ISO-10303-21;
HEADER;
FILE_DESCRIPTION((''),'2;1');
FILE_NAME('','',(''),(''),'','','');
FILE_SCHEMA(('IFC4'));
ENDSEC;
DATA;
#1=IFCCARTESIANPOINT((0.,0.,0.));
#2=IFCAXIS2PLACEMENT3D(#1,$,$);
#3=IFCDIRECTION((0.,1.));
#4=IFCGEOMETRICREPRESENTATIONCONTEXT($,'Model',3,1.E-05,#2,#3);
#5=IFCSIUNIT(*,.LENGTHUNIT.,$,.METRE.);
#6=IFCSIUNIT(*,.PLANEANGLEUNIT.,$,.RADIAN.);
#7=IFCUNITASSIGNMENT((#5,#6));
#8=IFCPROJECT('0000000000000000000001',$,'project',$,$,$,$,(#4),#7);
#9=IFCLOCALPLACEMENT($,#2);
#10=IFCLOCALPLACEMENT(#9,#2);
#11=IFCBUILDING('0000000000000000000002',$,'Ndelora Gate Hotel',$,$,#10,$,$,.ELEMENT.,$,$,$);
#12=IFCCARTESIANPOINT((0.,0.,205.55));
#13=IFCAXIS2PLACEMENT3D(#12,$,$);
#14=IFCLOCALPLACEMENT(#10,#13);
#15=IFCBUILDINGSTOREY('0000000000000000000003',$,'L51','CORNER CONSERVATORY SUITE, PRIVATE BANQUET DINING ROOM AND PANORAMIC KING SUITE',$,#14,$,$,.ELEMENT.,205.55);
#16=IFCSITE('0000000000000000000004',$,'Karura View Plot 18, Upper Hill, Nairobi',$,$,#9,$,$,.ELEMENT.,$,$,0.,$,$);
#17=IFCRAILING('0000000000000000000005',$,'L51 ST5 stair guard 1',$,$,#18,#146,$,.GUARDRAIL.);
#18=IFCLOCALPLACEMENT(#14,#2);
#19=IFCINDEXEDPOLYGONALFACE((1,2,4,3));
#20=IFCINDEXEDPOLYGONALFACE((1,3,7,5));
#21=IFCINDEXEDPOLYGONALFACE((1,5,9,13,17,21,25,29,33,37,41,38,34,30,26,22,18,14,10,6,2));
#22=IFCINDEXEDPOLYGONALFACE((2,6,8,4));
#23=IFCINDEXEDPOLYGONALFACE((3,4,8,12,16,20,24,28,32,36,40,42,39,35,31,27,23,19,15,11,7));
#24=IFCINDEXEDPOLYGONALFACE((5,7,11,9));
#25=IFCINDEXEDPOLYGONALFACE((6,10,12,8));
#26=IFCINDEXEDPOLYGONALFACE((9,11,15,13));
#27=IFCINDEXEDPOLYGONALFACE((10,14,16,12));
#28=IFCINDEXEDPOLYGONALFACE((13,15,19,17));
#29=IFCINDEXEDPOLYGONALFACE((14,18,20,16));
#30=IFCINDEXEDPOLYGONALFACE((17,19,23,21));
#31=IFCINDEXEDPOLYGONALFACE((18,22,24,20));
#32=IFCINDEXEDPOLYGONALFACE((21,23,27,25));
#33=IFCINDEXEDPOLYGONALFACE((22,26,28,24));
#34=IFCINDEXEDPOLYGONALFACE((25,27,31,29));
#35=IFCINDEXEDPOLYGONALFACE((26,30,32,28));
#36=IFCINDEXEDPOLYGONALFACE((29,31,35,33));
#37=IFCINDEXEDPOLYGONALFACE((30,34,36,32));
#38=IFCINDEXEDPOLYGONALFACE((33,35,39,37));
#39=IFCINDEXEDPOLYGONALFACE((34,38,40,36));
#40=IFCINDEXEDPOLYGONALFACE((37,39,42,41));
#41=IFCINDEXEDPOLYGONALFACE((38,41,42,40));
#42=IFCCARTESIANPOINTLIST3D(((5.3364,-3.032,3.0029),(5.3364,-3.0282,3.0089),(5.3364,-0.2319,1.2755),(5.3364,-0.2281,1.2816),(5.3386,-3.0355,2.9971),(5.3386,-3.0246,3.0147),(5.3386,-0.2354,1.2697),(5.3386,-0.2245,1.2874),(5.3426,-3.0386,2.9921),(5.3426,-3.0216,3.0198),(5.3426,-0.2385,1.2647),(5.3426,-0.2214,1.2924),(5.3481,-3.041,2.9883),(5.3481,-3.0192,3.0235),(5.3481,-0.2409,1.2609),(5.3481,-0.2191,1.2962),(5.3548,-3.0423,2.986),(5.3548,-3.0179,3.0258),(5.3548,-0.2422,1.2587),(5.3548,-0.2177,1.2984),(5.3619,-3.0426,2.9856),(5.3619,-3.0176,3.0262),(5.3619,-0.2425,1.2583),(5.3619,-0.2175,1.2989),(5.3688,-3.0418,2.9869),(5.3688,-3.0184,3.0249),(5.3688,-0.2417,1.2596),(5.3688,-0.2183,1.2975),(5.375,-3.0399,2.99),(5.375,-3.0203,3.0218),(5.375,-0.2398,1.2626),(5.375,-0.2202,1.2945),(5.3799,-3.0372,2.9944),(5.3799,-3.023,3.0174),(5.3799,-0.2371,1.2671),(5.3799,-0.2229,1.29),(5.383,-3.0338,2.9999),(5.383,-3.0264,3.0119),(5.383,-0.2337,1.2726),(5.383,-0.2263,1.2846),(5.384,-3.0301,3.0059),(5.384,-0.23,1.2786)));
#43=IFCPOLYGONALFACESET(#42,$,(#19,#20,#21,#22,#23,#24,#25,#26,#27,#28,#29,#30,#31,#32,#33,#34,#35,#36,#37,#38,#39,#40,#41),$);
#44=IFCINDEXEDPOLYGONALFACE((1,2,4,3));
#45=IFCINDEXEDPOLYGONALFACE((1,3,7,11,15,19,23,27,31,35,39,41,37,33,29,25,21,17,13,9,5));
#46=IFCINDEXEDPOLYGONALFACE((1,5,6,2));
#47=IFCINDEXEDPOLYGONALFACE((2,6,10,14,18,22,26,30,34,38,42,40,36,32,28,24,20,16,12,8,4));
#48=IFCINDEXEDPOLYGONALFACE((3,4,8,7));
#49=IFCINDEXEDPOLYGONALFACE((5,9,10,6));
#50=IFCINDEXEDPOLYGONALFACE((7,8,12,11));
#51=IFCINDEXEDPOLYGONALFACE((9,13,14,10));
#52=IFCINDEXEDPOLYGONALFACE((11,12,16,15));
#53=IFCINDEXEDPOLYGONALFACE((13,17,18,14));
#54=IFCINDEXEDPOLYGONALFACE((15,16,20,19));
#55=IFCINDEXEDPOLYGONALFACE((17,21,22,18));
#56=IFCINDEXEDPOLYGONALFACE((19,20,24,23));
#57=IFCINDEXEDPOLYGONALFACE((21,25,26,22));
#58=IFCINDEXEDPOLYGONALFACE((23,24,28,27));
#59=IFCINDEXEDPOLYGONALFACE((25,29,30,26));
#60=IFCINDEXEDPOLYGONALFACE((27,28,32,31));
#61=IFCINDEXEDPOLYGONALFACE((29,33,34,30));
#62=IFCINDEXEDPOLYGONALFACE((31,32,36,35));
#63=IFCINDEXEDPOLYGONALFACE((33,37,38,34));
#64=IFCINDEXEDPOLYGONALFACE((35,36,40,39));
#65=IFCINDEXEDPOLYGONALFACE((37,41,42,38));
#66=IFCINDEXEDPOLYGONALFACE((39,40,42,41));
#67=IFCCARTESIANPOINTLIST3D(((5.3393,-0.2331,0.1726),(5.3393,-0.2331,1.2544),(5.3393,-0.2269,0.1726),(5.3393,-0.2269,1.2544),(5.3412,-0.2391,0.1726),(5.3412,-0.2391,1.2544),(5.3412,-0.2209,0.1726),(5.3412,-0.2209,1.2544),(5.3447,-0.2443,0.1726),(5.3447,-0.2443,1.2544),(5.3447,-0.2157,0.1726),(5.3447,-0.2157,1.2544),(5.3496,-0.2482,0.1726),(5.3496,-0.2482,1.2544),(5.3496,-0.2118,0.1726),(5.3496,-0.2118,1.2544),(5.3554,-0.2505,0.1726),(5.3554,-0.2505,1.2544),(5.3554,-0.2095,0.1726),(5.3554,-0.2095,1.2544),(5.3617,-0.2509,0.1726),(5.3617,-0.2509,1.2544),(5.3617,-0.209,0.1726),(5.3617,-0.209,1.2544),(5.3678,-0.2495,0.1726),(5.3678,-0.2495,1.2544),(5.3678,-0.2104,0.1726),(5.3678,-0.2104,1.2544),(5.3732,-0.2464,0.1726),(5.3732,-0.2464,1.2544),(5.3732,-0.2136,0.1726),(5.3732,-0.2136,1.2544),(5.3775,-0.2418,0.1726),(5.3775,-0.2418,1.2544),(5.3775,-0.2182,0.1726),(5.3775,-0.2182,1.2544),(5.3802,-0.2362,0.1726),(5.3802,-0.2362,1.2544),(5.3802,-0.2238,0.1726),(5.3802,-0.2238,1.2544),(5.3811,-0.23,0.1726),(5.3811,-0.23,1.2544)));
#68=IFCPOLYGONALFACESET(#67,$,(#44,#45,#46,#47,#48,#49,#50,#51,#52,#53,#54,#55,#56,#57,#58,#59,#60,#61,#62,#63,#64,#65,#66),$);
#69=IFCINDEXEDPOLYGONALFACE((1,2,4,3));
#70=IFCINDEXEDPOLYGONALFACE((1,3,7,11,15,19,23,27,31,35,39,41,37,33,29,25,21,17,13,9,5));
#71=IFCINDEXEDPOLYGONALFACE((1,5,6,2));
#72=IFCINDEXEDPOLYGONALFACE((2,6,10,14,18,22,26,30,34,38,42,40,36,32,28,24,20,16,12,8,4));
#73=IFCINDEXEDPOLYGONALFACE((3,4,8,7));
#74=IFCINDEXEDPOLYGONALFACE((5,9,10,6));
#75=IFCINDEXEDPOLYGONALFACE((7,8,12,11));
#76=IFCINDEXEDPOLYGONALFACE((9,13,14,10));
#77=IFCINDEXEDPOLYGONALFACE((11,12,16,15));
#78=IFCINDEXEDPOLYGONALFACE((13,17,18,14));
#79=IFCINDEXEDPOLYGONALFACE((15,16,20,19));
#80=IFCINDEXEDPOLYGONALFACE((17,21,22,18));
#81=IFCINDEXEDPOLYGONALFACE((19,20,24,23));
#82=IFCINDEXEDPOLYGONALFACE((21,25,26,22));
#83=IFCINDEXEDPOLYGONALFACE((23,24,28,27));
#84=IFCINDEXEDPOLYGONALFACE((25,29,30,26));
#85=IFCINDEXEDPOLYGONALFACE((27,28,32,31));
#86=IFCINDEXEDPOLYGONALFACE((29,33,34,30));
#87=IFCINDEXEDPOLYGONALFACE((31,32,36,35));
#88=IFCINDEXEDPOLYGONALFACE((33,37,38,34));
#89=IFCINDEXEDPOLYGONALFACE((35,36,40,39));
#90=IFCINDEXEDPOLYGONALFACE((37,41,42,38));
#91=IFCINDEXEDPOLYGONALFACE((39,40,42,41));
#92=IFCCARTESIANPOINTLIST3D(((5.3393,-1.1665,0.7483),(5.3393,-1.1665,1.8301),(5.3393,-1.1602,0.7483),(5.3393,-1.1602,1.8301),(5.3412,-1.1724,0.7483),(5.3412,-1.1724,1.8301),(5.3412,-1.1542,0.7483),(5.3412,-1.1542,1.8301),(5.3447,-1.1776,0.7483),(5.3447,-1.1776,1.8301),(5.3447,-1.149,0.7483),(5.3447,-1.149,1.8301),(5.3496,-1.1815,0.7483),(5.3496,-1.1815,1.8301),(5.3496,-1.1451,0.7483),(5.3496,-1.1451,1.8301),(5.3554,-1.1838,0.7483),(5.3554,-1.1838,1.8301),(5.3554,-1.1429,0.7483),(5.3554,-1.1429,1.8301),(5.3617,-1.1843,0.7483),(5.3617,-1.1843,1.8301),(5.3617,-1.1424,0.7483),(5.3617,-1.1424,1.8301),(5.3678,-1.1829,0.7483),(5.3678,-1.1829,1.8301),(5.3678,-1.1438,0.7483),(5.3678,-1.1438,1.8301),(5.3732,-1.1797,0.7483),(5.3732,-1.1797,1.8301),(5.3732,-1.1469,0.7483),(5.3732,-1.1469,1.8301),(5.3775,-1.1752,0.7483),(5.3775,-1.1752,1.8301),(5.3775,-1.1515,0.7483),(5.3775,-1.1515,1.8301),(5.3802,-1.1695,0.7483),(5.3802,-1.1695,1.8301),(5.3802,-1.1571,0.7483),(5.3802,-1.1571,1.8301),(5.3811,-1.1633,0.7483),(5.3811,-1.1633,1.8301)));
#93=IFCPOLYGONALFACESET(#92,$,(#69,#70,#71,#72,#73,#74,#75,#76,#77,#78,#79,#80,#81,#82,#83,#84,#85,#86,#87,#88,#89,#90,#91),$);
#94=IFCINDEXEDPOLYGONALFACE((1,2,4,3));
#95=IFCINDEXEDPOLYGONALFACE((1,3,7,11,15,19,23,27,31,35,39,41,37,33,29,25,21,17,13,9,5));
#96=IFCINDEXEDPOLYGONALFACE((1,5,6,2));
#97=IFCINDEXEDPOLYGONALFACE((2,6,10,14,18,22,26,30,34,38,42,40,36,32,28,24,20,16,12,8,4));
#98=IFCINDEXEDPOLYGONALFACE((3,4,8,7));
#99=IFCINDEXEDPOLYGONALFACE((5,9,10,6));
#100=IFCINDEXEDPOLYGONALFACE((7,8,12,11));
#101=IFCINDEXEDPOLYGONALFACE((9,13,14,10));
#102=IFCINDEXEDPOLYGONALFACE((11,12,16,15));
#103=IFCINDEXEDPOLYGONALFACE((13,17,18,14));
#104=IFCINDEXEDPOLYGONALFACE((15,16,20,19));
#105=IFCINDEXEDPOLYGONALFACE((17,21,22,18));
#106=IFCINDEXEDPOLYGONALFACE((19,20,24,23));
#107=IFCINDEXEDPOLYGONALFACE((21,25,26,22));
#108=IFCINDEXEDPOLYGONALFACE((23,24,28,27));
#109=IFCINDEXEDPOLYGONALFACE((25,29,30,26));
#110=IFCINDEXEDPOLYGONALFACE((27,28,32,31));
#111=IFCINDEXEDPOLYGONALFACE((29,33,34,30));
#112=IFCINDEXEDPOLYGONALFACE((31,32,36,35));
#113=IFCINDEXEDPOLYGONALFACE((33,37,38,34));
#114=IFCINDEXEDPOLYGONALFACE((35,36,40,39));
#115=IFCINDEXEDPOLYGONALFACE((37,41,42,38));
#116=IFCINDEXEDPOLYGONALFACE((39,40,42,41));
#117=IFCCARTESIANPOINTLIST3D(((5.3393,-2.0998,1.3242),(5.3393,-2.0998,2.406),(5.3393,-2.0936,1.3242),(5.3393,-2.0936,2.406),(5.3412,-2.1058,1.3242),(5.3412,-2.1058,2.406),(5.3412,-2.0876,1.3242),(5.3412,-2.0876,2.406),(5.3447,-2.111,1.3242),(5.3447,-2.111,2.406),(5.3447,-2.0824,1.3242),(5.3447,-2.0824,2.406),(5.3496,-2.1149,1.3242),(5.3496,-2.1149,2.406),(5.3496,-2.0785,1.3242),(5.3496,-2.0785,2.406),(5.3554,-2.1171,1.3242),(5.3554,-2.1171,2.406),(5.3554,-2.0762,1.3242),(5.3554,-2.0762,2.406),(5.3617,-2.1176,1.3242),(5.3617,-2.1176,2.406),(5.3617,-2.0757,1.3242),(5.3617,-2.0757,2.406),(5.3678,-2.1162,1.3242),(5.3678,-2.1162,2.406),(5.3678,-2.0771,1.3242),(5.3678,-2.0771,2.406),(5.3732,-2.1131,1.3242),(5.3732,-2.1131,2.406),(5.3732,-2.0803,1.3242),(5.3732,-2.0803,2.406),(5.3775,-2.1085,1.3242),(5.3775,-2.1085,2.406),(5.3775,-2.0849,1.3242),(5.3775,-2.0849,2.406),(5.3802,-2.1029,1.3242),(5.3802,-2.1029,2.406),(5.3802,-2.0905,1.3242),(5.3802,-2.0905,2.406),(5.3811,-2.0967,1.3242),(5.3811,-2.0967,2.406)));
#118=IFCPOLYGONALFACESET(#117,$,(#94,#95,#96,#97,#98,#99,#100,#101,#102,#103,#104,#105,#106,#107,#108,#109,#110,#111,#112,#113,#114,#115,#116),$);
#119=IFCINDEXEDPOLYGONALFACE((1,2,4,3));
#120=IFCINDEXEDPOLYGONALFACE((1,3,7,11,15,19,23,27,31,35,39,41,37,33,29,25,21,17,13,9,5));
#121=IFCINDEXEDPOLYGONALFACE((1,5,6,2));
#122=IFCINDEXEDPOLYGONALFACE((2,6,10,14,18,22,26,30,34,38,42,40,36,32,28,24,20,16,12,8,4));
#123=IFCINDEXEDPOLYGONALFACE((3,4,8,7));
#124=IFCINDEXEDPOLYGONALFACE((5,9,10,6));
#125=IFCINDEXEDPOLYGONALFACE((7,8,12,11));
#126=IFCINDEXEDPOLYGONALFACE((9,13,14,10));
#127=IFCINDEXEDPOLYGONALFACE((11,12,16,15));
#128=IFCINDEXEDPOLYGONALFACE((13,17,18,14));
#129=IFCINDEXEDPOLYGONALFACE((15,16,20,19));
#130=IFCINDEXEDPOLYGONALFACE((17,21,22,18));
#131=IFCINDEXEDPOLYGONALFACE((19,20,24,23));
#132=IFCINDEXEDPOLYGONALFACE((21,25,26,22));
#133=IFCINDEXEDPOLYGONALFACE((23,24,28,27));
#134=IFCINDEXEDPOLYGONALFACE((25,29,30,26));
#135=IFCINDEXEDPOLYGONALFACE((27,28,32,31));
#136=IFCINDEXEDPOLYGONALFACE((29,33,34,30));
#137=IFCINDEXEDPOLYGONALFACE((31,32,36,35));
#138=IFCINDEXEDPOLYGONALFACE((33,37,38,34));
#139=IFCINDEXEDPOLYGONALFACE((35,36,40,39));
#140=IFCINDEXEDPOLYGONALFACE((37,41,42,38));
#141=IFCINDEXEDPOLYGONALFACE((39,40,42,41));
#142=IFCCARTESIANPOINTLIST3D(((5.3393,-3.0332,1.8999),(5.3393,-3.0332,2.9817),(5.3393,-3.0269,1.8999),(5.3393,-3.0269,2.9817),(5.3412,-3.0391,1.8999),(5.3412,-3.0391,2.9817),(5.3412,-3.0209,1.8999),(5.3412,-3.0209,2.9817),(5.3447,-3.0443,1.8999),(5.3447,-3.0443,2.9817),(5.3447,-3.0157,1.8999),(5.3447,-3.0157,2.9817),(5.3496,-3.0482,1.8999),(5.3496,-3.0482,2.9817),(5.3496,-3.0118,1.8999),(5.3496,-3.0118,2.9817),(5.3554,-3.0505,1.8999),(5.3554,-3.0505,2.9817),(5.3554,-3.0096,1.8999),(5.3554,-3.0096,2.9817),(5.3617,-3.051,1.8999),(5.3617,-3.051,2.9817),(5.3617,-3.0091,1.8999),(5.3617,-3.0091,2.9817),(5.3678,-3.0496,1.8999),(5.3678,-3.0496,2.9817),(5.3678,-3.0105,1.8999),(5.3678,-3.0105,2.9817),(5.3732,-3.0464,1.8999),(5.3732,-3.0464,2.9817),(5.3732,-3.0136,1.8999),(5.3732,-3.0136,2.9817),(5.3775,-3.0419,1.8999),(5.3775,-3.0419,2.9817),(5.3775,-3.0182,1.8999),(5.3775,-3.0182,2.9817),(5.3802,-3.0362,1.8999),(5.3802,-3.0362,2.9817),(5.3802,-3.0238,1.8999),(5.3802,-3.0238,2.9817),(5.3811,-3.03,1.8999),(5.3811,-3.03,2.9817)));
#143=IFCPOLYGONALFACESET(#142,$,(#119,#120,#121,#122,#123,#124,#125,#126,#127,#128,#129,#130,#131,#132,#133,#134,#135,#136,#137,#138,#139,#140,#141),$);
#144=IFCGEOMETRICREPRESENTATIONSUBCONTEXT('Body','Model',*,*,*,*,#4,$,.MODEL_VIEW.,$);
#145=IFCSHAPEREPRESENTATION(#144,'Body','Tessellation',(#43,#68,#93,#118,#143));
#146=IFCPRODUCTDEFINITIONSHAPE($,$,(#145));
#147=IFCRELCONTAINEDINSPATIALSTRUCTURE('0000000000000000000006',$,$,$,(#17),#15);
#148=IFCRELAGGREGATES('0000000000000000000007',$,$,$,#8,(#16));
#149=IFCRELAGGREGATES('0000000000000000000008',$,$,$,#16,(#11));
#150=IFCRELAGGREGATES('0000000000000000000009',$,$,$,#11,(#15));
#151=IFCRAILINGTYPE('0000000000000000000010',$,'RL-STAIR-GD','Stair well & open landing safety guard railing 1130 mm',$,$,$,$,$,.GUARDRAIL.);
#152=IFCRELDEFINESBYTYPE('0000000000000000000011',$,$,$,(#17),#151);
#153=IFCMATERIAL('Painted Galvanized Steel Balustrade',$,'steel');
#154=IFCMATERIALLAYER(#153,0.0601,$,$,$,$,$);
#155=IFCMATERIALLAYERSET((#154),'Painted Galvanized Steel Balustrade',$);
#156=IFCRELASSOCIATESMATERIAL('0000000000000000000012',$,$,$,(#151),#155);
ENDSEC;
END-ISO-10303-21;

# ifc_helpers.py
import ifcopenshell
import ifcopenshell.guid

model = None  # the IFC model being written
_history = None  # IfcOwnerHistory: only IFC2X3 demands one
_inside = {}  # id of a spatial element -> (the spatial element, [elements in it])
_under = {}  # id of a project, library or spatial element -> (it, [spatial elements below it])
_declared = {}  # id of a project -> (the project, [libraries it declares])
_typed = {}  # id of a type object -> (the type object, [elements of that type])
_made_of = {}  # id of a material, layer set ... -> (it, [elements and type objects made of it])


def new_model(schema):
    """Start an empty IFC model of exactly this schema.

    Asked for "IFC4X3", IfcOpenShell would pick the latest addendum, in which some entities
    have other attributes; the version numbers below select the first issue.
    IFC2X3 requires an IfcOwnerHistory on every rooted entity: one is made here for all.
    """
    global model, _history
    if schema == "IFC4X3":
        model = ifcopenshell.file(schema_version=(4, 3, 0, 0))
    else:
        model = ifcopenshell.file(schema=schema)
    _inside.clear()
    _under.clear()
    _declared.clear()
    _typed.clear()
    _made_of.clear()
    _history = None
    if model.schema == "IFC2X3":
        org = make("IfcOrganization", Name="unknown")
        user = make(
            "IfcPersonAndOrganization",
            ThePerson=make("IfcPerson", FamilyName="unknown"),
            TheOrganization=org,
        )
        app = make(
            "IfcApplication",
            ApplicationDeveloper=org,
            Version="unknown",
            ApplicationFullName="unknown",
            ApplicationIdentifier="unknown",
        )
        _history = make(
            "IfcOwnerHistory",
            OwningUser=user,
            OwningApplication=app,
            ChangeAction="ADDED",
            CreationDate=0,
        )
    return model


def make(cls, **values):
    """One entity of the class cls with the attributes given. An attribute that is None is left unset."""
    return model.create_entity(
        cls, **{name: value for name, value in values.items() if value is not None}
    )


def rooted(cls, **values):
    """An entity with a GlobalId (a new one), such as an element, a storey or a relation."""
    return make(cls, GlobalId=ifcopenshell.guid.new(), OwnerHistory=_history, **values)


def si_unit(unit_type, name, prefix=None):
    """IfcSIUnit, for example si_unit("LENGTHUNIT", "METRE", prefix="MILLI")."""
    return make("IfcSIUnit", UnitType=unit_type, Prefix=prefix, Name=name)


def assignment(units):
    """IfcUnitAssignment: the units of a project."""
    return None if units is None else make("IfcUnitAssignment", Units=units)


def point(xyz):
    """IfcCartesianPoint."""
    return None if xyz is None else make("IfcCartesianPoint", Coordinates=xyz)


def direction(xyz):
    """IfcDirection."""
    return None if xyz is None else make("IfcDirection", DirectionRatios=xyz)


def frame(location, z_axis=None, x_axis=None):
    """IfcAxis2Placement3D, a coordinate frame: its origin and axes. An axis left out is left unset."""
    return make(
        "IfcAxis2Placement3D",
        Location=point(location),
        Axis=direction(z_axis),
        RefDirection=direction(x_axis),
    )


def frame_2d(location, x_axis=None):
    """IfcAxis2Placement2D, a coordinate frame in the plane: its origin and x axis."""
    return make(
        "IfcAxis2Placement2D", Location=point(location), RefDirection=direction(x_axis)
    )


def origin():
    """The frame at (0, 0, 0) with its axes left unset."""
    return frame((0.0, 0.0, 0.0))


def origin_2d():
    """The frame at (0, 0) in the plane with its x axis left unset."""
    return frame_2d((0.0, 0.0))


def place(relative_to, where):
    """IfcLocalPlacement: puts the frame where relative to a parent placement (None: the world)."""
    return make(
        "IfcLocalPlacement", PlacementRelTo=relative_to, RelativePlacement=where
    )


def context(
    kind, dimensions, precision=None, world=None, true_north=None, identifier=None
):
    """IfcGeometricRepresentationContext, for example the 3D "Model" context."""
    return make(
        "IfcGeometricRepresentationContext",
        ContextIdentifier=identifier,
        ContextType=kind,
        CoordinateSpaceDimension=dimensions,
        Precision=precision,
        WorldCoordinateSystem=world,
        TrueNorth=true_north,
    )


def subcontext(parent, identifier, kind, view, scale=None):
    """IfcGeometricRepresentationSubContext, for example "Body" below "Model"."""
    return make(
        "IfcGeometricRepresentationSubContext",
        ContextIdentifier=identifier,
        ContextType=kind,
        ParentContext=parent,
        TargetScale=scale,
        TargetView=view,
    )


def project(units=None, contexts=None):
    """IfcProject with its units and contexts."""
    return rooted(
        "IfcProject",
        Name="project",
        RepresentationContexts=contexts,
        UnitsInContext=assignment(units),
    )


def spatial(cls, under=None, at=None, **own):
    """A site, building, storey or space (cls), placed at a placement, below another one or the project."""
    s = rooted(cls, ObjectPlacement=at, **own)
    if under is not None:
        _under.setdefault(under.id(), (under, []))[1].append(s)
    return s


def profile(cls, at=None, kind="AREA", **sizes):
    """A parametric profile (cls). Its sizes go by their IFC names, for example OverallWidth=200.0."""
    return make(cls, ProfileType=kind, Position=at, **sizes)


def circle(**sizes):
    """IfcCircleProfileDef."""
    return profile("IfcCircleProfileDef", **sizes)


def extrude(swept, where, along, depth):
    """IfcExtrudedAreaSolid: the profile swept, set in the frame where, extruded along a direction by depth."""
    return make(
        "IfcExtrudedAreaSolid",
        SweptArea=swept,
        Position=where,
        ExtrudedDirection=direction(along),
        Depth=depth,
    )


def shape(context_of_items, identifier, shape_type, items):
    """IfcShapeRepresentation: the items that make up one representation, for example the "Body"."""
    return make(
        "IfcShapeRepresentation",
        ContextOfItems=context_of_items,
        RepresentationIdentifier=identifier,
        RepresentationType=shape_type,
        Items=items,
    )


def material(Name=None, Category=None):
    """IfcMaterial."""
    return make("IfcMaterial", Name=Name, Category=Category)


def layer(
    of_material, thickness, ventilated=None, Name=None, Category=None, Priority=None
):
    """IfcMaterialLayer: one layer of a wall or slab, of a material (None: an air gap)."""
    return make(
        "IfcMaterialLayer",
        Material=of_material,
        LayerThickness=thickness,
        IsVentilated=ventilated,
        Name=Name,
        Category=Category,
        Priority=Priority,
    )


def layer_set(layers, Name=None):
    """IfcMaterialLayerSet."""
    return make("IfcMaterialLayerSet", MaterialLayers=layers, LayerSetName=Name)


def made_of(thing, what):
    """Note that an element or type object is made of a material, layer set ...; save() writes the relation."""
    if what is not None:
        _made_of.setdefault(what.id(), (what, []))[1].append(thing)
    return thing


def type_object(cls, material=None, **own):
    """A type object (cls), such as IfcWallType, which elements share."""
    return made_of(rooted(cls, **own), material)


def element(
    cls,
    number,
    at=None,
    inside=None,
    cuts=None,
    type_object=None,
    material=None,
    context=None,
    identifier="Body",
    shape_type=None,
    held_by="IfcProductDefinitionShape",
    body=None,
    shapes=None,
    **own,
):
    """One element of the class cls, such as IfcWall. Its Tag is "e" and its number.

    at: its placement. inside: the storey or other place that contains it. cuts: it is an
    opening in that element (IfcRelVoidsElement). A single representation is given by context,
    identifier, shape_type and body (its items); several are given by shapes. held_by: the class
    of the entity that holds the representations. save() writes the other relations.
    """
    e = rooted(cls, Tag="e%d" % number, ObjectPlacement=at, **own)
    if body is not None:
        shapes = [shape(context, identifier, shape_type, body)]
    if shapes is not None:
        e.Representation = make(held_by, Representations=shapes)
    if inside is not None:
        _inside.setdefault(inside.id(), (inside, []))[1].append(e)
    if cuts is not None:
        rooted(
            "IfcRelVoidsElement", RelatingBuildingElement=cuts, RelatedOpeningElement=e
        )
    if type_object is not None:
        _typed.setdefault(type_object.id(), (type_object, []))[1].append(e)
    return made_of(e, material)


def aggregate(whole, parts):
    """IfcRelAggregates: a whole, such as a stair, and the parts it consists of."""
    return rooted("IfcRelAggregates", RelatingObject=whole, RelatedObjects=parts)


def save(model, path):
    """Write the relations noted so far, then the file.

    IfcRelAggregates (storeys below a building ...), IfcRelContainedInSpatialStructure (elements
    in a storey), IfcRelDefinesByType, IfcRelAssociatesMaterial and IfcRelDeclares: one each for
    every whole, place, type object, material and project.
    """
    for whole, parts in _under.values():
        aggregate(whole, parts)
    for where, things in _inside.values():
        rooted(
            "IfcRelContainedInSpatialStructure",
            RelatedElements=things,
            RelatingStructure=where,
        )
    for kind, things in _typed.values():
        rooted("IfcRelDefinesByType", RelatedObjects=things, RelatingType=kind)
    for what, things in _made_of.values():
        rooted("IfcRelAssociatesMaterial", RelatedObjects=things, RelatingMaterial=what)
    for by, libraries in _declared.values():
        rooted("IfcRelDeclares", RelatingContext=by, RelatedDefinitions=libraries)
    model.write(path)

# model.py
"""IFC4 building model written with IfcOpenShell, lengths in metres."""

from ifc_helpers import new_model, si_unit, direction, frame, origin, origin_2d, place, context, subcontext, project, spatial, circle, extrude, material, layer, layer_set, type_object, element, save


model = new_model("IFC4")

# Units and contexts
model_context = context("Model", 3, precision=1e-05, world=origin(), true_north=direction((0.0, 1.0)))
body_context = subcontext(model_context, "Body", "Model", "MODEL_VIEW")
ifc_project = project(units=[si_unit("LENGTHUNIT", "METRE"), si_unit("PLANEANGLEUNIT", "RADIAN")], contexts=[model_context])

# Site, building, storey
site_placement = place(None, origin())
site = spatial("IfcSite", under=ifc_project, at=site_placement, Name="Karura View Plot 18, Upper Hill, Nairobi", CompositionType="ELEMENT", RefElevation=0.0)
building_placement = place(site_placement, origin())
building = spatial("IfcBuilding", under=site, at=building_placement, Name="Ndelora Gate Hotel", CompositionType="ELEMENT")
storey_placement = place(building_placement, frame((0.0, 0.0, 205.55)))
storey = spatial("IfcBuildingStorey", under=building, at=storey_placement, Name="L51", Description="CORNER CONSERVATORY SUITE, PRIVATE BANQUET DINING ROOM AND PANORAMIC KING SUITE", CompositionType="ELEMENT", Elevation=205.55)

# Railing
ifc_material_1 = material(Name="Painted Galvanized Steel Balustrade", Category="steel")
ifc_layer_1 = layer(ifc_material_1, 0.0601)
ifc_layer_set_1 = layer_set([ifc_layer_1], Name="Painted Galvanized Steel Balustrade")
railing_type_1 = type_object("IfcRailingType", Name="RL-STAIR-GD", Description="Stair well & open landing safety guard railing 1130 mm", PredefinedType="GUARDRAIL", material=ifc_layer_set_1)
railing_1_placement = place(storey_placement, frame((5.3601, -0.23, 0.1726)))
element("IfcRailing", 1, at=railing_1_placement, inside=storey, type_object=railing_type_1, Name="L51 ST5 stair guard 1", PredefinedType="GUARDRAIL", context=body_context, shape_type="SweptSolid", body=[
    extrude(circle(Radius=0.0239, at=origin_2d()), frame((0.0, 0.0, 1.106), z_axis=(0.0, -0.85109, 0.52502), x_axis=(1.0, 0.0, 0.0)), (0.0, 0.0, 1.0), 3.29),
    extrude(circle(Radius=0.021, at=origin_2d()), origin(), (0.0, 0.0, 1.0), 1.0818),
    extrude(circle(Radius=0.021, at=origin_2d()), frame((0.0, -0.9333, 0.5757)), (0.0, 0.0, 1.0), 1.0818),
    extrude(circle(Radius=0.021, at=origin_2d()), frame((0.0, -1.8667, 1.1516)), (0.0, 0.0, 1.0), 1.0818),
    extrude(circle(Radius=0.021, at=origin_2d()), frame((0.0, -2.8, 1.7273)), (0.0, 0.0, 1.0), 1.0818),
])

save(model, "model.ifc")
